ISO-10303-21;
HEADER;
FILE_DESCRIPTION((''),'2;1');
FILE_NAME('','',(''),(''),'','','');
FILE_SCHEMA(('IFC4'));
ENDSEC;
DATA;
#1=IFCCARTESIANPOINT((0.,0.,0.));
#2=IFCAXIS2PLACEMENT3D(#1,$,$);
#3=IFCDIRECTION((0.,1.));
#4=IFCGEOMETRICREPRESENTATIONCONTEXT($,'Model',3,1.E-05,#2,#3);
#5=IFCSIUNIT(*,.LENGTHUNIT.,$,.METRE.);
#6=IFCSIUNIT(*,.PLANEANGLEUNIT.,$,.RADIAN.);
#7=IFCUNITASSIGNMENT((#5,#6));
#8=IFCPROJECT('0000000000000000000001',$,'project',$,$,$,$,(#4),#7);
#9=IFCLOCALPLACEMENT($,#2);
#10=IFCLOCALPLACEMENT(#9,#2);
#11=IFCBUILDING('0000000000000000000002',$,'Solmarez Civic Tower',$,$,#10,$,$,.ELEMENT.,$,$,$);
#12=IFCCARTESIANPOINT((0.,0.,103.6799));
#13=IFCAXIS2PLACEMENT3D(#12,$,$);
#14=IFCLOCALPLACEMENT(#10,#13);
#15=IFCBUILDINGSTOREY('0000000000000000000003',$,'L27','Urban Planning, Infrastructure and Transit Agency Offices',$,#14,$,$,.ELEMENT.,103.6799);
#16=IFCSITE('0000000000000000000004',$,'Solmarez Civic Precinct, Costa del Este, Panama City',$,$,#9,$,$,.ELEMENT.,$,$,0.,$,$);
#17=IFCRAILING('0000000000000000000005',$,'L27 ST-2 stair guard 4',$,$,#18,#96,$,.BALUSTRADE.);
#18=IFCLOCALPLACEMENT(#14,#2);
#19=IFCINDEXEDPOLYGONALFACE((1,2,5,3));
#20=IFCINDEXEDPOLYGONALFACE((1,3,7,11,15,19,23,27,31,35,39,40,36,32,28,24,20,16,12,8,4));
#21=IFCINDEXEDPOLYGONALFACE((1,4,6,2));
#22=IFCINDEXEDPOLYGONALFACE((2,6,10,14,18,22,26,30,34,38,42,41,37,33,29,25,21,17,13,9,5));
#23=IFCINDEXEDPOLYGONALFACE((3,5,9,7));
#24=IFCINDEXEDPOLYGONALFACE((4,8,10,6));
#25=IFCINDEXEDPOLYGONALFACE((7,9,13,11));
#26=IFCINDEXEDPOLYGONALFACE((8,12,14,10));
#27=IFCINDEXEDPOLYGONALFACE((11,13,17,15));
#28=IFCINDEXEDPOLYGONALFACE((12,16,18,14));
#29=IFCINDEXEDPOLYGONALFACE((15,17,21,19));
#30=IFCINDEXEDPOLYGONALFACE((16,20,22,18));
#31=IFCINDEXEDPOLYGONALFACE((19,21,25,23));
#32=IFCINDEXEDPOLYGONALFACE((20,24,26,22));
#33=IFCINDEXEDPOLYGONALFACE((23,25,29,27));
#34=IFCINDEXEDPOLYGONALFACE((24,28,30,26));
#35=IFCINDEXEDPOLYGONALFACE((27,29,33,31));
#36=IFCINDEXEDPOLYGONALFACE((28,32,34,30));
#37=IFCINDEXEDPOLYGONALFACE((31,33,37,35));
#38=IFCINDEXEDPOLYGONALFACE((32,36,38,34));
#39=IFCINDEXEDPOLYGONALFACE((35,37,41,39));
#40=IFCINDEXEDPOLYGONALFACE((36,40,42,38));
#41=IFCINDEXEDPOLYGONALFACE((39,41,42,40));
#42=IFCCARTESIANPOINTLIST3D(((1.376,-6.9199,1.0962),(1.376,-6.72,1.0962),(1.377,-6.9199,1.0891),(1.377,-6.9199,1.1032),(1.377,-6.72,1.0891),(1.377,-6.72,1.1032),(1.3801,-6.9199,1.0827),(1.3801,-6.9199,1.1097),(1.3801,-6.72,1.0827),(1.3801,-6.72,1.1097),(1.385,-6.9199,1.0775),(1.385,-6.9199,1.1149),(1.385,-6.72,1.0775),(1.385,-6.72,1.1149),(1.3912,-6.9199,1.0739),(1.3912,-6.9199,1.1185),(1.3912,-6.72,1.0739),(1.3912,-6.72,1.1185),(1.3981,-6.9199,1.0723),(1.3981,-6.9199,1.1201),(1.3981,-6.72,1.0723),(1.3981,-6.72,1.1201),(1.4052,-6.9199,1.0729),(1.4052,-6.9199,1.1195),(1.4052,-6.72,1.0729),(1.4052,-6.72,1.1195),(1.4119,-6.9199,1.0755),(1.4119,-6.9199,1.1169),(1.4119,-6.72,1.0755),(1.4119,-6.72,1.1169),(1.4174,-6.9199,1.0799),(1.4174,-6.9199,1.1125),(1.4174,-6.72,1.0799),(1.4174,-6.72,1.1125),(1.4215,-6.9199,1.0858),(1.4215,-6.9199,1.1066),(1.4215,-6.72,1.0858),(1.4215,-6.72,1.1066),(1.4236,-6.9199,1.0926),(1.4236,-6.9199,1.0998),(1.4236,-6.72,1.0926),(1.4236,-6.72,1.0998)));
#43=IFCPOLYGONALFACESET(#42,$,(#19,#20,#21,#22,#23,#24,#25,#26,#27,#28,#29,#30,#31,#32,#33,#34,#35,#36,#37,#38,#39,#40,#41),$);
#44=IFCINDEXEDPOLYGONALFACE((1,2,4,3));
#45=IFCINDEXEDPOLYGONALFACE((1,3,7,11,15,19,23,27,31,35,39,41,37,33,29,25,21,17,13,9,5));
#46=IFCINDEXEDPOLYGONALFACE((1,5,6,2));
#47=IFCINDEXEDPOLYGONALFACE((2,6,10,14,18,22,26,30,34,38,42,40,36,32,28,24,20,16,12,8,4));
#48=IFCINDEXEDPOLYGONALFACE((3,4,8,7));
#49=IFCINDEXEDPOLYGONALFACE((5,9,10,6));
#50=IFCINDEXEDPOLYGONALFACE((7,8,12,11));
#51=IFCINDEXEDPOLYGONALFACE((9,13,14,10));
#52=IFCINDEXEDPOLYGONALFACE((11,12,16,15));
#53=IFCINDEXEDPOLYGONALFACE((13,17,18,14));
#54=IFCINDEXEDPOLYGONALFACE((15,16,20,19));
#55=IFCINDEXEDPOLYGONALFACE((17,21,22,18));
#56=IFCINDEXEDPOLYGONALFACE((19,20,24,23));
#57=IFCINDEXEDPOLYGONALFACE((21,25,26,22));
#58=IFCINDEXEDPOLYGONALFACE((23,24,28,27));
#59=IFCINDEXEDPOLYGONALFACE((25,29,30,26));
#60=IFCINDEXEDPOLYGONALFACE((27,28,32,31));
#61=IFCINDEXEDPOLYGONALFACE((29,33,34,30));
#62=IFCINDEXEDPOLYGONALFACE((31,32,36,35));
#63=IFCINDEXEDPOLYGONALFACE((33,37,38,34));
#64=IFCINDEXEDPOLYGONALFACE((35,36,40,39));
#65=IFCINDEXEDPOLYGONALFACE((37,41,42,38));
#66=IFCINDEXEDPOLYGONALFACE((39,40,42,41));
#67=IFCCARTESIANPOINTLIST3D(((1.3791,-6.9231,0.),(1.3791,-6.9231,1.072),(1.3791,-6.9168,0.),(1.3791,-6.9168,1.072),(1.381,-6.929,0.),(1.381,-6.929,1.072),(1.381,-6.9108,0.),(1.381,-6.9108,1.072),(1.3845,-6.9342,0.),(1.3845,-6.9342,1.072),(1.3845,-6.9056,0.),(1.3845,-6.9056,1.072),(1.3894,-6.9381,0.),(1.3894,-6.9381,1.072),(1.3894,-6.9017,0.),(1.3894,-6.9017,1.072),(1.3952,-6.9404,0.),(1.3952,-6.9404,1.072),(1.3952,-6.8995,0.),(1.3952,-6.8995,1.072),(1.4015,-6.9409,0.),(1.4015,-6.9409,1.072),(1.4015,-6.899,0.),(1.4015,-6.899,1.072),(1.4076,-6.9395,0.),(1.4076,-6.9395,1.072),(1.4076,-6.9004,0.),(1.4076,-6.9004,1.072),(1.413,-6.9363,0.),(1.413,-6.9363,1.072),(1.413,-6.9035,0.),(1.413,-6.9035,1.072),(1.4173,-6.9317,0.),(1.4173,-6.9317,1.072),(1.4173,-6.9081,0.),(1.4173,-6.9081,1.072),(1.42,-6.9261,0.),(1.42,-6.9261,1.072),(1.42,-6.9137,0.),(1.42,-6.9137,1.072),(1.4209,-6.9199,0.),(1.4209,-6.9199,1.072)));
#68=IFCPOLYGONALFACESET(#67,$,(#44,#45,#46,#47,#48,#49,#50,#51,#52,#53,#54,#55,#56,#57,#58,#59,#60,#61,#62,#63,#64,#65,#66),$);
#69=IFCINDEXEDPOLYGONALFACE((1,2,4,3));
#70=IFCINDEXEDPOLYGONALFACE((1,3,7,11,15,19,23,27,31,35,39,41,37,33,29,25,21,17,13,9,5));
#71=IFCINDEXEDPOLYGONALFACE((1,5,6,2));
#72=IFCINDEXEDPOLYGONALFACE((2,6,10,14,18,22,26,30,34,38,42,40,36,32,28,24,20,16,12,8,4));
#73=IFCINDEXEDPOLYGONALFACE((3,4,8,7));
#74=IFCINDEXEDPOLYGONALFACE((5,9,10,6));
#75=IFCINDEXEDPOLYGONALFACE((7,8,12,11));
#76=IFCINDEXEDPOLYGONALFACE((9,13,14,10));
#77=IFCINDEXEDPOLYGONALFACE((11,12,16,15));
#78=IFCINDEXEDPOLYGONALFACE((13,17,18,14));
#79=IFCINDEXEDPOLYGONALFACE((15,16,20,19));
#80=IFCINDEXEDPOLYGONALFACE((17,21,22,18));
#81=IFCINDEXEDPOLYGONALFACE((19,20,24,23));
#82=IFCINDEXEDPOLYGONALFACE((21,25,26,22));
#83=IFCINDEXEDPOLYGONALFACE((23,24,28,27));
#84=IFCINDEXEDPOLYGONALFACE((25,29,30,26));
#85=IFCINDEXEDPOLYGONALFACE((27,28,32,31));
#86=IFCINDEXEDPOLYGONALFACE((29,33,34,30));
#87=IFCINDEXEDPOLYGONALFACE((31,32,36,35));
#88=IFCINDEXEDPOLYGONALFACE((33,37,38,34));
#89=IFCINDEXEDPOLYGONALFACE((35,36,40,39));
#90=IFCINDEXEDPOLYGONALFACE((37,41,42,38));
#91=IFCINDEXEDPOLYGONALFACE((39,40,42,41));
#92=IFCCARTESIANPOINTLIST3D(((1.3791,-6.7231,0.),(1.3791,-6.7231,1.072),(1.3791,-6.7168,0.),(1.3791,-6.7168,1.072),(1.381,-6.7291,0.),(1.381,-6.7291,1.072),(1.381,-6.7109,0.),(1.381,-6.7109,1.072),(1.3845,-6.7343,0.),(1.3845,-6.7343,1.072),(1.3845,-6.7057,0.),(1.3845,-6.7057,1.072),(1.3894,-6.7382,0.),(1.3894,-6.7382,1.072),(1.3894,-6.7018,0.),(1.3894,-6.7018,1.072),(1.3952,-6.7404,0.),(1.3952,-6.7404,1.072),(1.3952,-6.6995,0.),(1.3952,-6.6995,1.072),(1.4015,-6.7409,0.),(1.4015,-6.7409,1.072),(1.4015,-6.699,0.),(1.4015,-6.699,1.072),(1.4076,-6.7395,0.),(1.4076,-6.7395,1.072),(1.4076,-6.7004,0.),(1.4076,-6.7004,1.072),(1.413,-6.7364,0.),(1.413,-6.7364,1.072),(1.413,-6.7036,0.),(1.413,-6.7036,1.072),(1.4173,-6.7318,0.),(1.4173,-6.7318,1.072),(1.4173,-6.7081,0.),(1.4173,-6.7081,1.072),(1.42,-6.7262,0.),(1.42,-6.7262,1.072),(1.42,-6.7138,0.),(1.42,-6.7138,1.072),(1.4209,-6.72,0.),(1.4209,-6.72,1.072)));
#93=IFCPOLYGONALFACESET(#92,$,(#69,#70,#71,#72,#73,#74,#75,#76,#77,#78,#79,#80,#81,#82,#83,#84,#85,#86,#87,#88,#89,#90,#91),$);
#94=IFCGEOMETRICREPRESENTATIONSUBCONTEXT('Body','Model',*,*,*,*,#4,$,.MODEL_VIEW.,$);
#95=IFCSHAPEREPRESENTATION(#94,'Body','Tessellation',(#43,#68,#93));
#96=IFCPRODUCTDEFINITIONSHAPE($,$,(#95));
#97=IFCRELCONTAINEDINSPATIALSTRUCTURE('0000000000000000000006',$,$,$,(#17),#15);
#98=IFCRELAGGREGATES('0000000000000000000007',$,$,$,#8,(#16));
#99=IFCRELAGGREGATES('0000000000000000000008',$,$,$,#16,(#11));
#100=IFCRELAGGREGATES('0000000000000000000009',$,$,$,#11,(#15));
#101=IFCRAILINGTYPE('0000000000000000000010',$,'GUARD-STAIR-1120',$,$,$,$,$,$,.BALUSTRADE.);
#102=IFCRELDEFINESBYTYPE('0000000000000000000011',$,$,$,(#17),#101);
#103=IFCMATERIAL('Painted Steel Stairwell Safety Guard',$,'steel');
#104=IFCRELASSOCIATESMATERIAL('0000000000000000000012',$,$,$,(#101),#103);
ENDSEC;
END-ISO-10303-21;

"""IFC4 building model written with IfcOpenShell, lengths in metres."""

from ifc_helpers import new_model, si_unit, direction, frame, origin, origin_2d, place, context, subcontext, project, spatial, circle, extrude, material, type_object, element, save


model = new_model("IFC4")

# Units and contexts
model_context = context("Model", 3, precision=1e-05, world=origin(), true_north=direction((0.0, 1.0)))
body_context = subcontext(model_context, "Body", "Model", "MODEL_VIEW")
ifc_project = project(units=[si_unit("LENGTHUNIT", "METRE"), si_unit("PLANEANGLEUNIT", "RADIAN")], contexts=[model_context])

# Site, building, storey
site_placement = place(None, origin())
site = spatial("IfcSite", under=ifc_project, at=site_placement, Name="Solmarez Civic Precinct, Costa del Este, Panama City", CompositionType="ELEMENT", RefElevation=0.0)
building_placement = place(site_placement, origin())
building = spatial("IfcBuilding", under=site, at=building_placement, Name="Solmarez Civic Tower", CompositionType="ELEMENT")
storey_placement = place(building_placement, frame((0.0, 0.0, 103.6799)))
storey = spatial("IfcBuildingStorey", under=building, at=storey_placement, Name="L27", Description="Urban Planning, Infrastructure and Transit Agency Offices", CompositionType="ELEMENT", Elevation=103.6799)

# Railing
ifc_material_1 = material(Name="Painted Steel Stairwell Safety Guard", Category="steel")
railing_type_1 = type_object("IfcRailingType", Name="GUARD-STAIR-1120", PredefinedType="BALUSTRADE", material=ifc_material_1)
railing_1_placement = place(storey_placement, frame((1.3999, -6.9199, 0.0)))
element("IfcRailing", 1, at=railing_1_placement, inside=storey, type_object=railing_type_1, Name="L27 ST-2 stair guard 4", PredefinedType="BALUSTRADE", context=body_context, shape_type="SweptSolid", body=[
    extrude(circle(Radius=0.0239, at=origin_2d()), frame((0.0, 0.0, 1.0962), z_axis=(0.0, 1.0, 0.0), x_axis=(-1.0, 0.0, 0.0)), (0.0, 0.0, 1.0), 0.2),
    extrude(circle(Radius=0.021, at=origin_2d()), origin(), (0.0, 0.0, 1.0), 1.072),
    extrude(circle(Radius=0.021, at=origin_2d()), frame((0.0, 0.2, 0.0)), (0.0, 0.0, 1.0), 1.072),
])

save(model, "model.ifc")
